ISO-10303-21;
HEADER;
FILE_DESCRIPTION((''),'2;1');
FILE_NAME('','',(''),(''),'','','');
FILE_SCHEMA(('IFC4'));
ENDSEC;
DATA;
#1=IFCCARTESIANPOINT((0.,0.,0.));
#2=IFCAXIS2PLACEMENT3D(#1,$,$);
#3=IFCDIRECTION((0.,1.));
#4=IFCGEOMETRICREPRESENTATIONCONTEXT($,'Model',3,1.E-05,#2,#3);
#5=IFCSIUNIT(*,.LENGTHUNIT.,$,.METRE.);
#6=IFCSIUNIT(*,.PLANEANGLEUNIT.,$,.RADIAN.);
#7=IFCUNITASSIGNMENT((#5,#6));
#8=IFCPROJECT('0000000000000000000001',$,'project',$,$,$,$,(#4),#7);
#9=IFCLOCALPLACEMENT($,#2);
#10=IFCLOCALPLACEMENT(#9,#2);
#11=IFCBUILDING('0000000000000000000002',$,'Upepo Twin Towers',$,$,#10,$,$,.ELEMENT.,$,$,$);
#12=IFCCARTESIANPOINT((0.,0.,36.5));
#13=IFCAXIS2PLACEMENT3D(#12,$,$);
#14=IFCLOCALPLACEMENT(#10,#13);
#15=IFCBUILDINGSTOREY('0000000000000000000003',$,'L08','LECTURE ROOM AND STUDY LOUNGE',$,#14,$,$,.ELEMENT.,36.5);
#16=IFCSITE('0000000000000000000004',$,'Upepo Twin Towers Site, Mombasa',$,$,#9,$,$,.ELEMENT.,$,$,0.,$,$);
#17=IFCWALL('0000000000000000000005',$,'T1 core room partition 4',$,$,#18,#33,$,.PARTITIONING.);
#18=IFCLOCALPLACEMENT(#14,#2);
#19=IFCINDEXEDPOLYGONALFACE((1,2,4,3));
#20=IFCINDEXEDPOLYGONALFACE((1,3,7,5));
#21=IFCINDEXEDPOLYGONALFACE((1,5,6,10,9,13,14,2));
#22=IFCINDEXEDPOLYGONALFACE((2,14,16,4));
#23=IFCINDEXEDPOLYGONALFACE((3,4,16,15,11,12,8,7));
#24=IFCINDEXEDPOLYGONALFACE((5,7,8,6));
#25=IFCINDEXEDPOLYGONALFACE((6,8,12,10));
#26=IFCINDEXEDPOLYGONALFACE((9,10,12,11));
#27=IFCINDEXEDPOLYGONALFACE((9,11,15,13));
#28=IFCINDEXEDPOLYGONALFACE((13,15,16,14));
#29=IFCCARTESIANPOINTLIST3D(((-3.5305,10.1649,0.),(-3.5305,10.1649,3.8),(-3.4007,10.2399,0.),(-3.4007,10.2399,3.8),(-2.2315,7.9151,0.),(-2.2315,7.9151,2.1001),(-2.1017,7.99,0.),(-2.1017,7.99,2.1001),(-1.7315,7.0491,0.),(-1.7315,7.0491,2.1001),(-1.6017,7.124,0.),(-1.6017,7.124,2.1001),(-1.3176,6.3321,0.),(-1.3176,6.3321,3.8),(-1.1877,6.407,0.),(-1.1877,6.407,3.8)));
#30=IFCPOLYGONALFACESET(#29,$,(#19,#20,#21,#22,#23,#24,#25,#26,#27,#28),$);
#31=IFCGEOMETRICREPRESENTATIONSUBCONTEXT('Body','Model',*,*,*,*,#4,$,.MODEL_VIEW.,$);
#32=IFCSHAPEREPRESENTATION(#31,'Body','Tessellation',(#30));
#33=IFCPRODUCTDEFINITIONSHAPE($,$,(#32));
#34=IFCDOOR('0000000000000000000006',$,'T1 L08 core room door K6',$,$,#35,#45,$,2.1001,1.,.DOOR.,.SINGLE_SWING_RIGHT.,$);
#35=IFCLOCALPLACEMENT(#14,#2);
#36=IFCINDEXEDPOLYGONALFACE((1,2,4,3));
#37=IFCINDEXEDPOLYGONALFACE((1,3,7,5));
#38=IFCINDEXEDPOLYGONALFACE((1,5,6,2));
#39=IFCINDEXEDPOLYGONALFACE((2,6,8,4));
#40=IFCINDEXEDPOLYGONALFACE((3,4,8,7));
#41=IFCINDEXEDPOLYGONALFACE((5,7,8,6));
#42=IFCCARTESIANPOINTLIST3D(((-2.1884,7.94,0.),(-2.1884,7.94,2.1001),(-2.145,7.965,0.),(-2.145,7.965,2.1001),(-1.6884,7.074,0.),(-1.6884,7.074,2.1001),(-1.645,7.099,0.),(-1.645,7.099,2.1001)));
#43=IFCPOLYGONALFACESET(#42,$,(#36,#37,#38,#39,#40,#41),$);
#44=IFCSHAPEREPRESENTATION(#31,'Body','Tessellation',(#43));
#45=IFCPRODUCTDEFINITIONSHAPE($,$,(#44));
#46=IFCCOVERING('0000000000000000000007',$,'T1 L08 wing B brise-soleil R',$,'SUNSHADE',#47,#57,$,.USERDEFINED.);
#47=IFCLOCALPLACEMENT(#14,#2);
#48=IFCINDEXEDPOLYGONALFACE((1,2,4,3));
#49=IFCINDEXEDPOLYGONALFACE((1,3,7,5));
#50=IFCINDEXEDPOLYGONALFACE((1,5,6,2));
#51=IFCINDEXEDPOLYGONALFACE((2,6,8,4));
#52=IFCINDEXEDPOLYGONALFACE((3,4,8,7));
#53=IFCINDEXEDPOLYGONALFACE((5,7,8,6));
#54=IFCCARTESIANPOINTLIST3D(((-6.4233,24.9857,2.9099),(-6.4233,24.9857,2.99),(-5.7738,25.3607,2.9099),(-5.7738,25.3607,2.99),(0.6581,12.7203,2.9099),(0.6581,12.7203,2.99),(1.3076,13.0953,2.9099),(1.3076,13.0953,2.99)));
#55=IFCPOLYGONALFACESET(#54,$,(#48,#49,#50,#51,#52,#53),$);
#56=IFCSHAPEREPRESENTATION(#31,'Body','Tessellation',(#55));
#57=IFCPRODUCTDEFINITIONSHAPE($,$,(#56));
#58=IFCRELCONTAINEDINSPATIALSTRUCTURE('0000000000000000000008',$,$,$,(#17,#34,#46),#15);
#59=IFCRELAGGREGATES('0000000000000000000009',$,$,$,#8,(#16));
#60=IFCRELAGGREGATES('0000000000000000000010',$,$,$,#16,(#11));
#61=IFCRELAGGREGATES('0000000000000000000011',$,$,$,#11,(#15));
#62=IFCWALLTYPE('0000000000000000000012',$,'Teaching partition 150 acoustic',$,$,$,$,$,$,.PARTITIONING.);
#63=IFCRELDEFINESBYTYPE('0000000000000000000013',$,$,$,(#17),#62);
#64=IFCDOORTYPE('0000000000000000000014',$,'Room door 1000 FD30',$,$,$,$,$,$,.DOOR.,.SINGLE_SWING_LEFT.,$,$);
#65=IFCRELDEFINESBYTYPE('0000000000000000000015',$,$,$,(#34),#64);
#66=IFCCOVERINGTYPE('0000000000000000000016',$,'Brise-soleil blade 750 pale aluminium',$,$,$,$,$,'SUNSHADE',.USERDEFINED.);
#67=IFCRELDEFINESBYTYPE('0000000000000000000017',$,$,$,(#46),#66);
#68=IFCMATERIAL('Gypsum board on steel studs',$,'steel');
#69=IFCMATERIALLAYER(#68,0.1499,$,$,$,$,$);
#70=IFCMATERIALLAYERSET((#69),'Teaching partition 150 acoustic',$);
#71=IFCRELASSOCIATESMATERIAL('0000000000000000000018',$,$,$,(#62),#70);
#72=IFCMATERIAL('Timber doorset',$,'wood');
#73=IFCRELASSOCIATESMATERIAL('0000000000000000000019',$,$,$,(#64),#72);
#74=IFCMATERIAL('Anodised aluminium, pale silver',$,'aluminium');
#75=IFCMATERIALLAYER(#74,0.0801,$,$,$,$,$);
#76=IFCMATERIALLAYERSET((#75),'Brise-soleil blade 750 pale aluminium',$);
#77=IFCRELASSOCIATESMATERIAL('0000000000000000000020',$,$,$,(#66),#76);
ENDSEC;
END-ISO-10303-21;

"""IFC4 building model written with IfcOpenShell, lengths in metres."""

from ifc_helpers import new_model, si_unit, direction, frame, frame_2d, origin, origin_2d, place, context, subcontext, project, spatial, rectangle, extrude, material, layer, layer_set, type_object, element, fill, save


model = new_model("IFC4")

# Units and contexts
model_context = context("Model", 3, precision=1e-05, world=origin(), true_north=direction((0.0, 1.0)))
body_context = subcontext(model_context, "Body", "Model", "MODEL_VIEW")
ifc_project = project(units=[si_unit("LENGTHUNIT", "METRE"), si_unit("PLANEANGLEUNIT", "RADIAN")], contexts=[model_context])

# Site, building, storey
site_placement = place(None, origin())
site = spatial("IfcSite", under=ifc_project, at=site_placement, Name="Upepo Twin Towers Site, Mombasa", CompositionType="ELEMENT", RefElevation=0.0)
building_placement = place(site_placement, origin())
building = spatial("IfcBuilding", under=site, at=building_placement, Name="Upepo Twin Towers", CompositionType="ELEMENT")
storey_placement = place(building_placement, frame((0.0, 0.0, 36.5)))
storey = spatial("IfcBuildingStorey", under=building, at=storey_placement, Name="L08", Description="LECTURE ROOM AND STUDY LOUNGE", CompositionType="ELEMENT", Elevation=36.5)

# Wall, opening, door
ifc_material_1 = material(Name="Gypsum board on steel studs", Category="steel")
ifc_layer_1 = layer(ifc_material_1, 0.1499)
ifc_layer_set_1 = layer_set([ifc_layer_1], Name="Teaching partition 150 acoustic")
wall_type_1 = type_object("IfcWallType", Name="Teaching partition 150 acoustic", PredefinedType="PARTITIONING", material=ifc_layer_set_1)
wall_1_placement = place(storey_placement, frame((-3.4656, 10.2024, 0.0), z_axis=(0.0, 0.0, 1.0), x_axis=(0.500007, -0.866021, 0.0)))
wall_1 = element("IfcWall", 1, at=wall_1_placement, inside=storey, type_object=wall_type_1, Name="T1 core room partition 4", PredefinedType="PARTITIONING", context=body_context, shape_type="SweptSolid", body=[
    extrude(rectangle(XDim=4.4258, YDim=0.1499, at=frame_2d((2.2129, 0.0))), origin(), (0.0, 0.0, 1.0), 3.8),
])
opening_placement = place(wall_1_placement, frame((2.5979, 0.0, 0.0)))
opening = element("IfcOpeningElement", 2, at=opening_placement, cuts=wall_1, PredefinedType="OPENING", context=body_context, shape_type="SweptSolid", body=[
    extrude(rectangle(XDim=1.0, YDim=2.1001, at=frame_2d((0.5, 1.05))), frame((0.0, 0.085, 0.0), z_axis=(0.0, -1.0, 0.0), x_axis=(1.0, 0.0, 0.0)), (0.0, 0.0, 1.0), 0.1699),
])
ifc_material_2 = material(Name="Timber doorset", Category="wood")
door_type = type_object("IfcDoorType", Name="Room door 1000 FD30", OperationType="SINGLE_SWING_LEFT", PredefinedType="DOOR", material=ifc_material_2)
door_placement = place(opening_placement, origin())
door = element("IfcDoor", 3, at=door_placement, inside=storey, type_object=door_type, Name="T1 L08 core room door K6", OperationType="SINGLE_SWING_RIGHT", OverallHeight=2.1001, OverallWidth=1.0, PredefinedType="DOOR", context=body_context, shape_type="SweptSolid", body=[
    extrude(rectangle(XDim=1.0, YDim=2.1001, at=frame_2d((0.5, 1.05))), frame((0.0, 0.0249, 0.0), z_axis=(0.0, -1.0, 0.0), x_axis=(1.0, 0.0, 0.0)), (0.0, 0.0, 1.0), 0.05),
])
fill(opening, door)

# Covering
ifc_material_3 = material(Name="Anodised aluminium, pale silver", Category="aluminium")
ifc_layer_2 = layer(ifc_material_3, 0.0801)
ifc_layer_set_2 = layer_set([ifc_layer_2], Name="Brise-soleil blade 750 pale aluminium")
covering_type = type_object("IfcCoveringType", Name="Brise-soleil blade 750 pale aluminium", ElementType="SUNSHADE", PredefinedType="USERDEFINED", material=ifc_layer_set_2)
covering_placement = place(storey_placement, frame((-2.5579, 19.0405, 2.9099), z_axis=(0.0, 0.0, 1.0), x_axis=(-0.5, 0.866025, 0.0)))
element("IfcCovering", 4, at=covering_placement, inside=storey, type_object=covering_type, Name="T1 L08 wing B brise-soleil R", ObjectType="SUNSHADE", PredefinedType="USERDEFINED", context=body_context, shape_type="SweptSolid", body=[
    extrude(rectangle(XDim=14.1628, YDim=0.75, at=origin_2d()), origin(), (0.0, 0.0, 1.0), 0.0801),
])

save(model, "model.ifc")
